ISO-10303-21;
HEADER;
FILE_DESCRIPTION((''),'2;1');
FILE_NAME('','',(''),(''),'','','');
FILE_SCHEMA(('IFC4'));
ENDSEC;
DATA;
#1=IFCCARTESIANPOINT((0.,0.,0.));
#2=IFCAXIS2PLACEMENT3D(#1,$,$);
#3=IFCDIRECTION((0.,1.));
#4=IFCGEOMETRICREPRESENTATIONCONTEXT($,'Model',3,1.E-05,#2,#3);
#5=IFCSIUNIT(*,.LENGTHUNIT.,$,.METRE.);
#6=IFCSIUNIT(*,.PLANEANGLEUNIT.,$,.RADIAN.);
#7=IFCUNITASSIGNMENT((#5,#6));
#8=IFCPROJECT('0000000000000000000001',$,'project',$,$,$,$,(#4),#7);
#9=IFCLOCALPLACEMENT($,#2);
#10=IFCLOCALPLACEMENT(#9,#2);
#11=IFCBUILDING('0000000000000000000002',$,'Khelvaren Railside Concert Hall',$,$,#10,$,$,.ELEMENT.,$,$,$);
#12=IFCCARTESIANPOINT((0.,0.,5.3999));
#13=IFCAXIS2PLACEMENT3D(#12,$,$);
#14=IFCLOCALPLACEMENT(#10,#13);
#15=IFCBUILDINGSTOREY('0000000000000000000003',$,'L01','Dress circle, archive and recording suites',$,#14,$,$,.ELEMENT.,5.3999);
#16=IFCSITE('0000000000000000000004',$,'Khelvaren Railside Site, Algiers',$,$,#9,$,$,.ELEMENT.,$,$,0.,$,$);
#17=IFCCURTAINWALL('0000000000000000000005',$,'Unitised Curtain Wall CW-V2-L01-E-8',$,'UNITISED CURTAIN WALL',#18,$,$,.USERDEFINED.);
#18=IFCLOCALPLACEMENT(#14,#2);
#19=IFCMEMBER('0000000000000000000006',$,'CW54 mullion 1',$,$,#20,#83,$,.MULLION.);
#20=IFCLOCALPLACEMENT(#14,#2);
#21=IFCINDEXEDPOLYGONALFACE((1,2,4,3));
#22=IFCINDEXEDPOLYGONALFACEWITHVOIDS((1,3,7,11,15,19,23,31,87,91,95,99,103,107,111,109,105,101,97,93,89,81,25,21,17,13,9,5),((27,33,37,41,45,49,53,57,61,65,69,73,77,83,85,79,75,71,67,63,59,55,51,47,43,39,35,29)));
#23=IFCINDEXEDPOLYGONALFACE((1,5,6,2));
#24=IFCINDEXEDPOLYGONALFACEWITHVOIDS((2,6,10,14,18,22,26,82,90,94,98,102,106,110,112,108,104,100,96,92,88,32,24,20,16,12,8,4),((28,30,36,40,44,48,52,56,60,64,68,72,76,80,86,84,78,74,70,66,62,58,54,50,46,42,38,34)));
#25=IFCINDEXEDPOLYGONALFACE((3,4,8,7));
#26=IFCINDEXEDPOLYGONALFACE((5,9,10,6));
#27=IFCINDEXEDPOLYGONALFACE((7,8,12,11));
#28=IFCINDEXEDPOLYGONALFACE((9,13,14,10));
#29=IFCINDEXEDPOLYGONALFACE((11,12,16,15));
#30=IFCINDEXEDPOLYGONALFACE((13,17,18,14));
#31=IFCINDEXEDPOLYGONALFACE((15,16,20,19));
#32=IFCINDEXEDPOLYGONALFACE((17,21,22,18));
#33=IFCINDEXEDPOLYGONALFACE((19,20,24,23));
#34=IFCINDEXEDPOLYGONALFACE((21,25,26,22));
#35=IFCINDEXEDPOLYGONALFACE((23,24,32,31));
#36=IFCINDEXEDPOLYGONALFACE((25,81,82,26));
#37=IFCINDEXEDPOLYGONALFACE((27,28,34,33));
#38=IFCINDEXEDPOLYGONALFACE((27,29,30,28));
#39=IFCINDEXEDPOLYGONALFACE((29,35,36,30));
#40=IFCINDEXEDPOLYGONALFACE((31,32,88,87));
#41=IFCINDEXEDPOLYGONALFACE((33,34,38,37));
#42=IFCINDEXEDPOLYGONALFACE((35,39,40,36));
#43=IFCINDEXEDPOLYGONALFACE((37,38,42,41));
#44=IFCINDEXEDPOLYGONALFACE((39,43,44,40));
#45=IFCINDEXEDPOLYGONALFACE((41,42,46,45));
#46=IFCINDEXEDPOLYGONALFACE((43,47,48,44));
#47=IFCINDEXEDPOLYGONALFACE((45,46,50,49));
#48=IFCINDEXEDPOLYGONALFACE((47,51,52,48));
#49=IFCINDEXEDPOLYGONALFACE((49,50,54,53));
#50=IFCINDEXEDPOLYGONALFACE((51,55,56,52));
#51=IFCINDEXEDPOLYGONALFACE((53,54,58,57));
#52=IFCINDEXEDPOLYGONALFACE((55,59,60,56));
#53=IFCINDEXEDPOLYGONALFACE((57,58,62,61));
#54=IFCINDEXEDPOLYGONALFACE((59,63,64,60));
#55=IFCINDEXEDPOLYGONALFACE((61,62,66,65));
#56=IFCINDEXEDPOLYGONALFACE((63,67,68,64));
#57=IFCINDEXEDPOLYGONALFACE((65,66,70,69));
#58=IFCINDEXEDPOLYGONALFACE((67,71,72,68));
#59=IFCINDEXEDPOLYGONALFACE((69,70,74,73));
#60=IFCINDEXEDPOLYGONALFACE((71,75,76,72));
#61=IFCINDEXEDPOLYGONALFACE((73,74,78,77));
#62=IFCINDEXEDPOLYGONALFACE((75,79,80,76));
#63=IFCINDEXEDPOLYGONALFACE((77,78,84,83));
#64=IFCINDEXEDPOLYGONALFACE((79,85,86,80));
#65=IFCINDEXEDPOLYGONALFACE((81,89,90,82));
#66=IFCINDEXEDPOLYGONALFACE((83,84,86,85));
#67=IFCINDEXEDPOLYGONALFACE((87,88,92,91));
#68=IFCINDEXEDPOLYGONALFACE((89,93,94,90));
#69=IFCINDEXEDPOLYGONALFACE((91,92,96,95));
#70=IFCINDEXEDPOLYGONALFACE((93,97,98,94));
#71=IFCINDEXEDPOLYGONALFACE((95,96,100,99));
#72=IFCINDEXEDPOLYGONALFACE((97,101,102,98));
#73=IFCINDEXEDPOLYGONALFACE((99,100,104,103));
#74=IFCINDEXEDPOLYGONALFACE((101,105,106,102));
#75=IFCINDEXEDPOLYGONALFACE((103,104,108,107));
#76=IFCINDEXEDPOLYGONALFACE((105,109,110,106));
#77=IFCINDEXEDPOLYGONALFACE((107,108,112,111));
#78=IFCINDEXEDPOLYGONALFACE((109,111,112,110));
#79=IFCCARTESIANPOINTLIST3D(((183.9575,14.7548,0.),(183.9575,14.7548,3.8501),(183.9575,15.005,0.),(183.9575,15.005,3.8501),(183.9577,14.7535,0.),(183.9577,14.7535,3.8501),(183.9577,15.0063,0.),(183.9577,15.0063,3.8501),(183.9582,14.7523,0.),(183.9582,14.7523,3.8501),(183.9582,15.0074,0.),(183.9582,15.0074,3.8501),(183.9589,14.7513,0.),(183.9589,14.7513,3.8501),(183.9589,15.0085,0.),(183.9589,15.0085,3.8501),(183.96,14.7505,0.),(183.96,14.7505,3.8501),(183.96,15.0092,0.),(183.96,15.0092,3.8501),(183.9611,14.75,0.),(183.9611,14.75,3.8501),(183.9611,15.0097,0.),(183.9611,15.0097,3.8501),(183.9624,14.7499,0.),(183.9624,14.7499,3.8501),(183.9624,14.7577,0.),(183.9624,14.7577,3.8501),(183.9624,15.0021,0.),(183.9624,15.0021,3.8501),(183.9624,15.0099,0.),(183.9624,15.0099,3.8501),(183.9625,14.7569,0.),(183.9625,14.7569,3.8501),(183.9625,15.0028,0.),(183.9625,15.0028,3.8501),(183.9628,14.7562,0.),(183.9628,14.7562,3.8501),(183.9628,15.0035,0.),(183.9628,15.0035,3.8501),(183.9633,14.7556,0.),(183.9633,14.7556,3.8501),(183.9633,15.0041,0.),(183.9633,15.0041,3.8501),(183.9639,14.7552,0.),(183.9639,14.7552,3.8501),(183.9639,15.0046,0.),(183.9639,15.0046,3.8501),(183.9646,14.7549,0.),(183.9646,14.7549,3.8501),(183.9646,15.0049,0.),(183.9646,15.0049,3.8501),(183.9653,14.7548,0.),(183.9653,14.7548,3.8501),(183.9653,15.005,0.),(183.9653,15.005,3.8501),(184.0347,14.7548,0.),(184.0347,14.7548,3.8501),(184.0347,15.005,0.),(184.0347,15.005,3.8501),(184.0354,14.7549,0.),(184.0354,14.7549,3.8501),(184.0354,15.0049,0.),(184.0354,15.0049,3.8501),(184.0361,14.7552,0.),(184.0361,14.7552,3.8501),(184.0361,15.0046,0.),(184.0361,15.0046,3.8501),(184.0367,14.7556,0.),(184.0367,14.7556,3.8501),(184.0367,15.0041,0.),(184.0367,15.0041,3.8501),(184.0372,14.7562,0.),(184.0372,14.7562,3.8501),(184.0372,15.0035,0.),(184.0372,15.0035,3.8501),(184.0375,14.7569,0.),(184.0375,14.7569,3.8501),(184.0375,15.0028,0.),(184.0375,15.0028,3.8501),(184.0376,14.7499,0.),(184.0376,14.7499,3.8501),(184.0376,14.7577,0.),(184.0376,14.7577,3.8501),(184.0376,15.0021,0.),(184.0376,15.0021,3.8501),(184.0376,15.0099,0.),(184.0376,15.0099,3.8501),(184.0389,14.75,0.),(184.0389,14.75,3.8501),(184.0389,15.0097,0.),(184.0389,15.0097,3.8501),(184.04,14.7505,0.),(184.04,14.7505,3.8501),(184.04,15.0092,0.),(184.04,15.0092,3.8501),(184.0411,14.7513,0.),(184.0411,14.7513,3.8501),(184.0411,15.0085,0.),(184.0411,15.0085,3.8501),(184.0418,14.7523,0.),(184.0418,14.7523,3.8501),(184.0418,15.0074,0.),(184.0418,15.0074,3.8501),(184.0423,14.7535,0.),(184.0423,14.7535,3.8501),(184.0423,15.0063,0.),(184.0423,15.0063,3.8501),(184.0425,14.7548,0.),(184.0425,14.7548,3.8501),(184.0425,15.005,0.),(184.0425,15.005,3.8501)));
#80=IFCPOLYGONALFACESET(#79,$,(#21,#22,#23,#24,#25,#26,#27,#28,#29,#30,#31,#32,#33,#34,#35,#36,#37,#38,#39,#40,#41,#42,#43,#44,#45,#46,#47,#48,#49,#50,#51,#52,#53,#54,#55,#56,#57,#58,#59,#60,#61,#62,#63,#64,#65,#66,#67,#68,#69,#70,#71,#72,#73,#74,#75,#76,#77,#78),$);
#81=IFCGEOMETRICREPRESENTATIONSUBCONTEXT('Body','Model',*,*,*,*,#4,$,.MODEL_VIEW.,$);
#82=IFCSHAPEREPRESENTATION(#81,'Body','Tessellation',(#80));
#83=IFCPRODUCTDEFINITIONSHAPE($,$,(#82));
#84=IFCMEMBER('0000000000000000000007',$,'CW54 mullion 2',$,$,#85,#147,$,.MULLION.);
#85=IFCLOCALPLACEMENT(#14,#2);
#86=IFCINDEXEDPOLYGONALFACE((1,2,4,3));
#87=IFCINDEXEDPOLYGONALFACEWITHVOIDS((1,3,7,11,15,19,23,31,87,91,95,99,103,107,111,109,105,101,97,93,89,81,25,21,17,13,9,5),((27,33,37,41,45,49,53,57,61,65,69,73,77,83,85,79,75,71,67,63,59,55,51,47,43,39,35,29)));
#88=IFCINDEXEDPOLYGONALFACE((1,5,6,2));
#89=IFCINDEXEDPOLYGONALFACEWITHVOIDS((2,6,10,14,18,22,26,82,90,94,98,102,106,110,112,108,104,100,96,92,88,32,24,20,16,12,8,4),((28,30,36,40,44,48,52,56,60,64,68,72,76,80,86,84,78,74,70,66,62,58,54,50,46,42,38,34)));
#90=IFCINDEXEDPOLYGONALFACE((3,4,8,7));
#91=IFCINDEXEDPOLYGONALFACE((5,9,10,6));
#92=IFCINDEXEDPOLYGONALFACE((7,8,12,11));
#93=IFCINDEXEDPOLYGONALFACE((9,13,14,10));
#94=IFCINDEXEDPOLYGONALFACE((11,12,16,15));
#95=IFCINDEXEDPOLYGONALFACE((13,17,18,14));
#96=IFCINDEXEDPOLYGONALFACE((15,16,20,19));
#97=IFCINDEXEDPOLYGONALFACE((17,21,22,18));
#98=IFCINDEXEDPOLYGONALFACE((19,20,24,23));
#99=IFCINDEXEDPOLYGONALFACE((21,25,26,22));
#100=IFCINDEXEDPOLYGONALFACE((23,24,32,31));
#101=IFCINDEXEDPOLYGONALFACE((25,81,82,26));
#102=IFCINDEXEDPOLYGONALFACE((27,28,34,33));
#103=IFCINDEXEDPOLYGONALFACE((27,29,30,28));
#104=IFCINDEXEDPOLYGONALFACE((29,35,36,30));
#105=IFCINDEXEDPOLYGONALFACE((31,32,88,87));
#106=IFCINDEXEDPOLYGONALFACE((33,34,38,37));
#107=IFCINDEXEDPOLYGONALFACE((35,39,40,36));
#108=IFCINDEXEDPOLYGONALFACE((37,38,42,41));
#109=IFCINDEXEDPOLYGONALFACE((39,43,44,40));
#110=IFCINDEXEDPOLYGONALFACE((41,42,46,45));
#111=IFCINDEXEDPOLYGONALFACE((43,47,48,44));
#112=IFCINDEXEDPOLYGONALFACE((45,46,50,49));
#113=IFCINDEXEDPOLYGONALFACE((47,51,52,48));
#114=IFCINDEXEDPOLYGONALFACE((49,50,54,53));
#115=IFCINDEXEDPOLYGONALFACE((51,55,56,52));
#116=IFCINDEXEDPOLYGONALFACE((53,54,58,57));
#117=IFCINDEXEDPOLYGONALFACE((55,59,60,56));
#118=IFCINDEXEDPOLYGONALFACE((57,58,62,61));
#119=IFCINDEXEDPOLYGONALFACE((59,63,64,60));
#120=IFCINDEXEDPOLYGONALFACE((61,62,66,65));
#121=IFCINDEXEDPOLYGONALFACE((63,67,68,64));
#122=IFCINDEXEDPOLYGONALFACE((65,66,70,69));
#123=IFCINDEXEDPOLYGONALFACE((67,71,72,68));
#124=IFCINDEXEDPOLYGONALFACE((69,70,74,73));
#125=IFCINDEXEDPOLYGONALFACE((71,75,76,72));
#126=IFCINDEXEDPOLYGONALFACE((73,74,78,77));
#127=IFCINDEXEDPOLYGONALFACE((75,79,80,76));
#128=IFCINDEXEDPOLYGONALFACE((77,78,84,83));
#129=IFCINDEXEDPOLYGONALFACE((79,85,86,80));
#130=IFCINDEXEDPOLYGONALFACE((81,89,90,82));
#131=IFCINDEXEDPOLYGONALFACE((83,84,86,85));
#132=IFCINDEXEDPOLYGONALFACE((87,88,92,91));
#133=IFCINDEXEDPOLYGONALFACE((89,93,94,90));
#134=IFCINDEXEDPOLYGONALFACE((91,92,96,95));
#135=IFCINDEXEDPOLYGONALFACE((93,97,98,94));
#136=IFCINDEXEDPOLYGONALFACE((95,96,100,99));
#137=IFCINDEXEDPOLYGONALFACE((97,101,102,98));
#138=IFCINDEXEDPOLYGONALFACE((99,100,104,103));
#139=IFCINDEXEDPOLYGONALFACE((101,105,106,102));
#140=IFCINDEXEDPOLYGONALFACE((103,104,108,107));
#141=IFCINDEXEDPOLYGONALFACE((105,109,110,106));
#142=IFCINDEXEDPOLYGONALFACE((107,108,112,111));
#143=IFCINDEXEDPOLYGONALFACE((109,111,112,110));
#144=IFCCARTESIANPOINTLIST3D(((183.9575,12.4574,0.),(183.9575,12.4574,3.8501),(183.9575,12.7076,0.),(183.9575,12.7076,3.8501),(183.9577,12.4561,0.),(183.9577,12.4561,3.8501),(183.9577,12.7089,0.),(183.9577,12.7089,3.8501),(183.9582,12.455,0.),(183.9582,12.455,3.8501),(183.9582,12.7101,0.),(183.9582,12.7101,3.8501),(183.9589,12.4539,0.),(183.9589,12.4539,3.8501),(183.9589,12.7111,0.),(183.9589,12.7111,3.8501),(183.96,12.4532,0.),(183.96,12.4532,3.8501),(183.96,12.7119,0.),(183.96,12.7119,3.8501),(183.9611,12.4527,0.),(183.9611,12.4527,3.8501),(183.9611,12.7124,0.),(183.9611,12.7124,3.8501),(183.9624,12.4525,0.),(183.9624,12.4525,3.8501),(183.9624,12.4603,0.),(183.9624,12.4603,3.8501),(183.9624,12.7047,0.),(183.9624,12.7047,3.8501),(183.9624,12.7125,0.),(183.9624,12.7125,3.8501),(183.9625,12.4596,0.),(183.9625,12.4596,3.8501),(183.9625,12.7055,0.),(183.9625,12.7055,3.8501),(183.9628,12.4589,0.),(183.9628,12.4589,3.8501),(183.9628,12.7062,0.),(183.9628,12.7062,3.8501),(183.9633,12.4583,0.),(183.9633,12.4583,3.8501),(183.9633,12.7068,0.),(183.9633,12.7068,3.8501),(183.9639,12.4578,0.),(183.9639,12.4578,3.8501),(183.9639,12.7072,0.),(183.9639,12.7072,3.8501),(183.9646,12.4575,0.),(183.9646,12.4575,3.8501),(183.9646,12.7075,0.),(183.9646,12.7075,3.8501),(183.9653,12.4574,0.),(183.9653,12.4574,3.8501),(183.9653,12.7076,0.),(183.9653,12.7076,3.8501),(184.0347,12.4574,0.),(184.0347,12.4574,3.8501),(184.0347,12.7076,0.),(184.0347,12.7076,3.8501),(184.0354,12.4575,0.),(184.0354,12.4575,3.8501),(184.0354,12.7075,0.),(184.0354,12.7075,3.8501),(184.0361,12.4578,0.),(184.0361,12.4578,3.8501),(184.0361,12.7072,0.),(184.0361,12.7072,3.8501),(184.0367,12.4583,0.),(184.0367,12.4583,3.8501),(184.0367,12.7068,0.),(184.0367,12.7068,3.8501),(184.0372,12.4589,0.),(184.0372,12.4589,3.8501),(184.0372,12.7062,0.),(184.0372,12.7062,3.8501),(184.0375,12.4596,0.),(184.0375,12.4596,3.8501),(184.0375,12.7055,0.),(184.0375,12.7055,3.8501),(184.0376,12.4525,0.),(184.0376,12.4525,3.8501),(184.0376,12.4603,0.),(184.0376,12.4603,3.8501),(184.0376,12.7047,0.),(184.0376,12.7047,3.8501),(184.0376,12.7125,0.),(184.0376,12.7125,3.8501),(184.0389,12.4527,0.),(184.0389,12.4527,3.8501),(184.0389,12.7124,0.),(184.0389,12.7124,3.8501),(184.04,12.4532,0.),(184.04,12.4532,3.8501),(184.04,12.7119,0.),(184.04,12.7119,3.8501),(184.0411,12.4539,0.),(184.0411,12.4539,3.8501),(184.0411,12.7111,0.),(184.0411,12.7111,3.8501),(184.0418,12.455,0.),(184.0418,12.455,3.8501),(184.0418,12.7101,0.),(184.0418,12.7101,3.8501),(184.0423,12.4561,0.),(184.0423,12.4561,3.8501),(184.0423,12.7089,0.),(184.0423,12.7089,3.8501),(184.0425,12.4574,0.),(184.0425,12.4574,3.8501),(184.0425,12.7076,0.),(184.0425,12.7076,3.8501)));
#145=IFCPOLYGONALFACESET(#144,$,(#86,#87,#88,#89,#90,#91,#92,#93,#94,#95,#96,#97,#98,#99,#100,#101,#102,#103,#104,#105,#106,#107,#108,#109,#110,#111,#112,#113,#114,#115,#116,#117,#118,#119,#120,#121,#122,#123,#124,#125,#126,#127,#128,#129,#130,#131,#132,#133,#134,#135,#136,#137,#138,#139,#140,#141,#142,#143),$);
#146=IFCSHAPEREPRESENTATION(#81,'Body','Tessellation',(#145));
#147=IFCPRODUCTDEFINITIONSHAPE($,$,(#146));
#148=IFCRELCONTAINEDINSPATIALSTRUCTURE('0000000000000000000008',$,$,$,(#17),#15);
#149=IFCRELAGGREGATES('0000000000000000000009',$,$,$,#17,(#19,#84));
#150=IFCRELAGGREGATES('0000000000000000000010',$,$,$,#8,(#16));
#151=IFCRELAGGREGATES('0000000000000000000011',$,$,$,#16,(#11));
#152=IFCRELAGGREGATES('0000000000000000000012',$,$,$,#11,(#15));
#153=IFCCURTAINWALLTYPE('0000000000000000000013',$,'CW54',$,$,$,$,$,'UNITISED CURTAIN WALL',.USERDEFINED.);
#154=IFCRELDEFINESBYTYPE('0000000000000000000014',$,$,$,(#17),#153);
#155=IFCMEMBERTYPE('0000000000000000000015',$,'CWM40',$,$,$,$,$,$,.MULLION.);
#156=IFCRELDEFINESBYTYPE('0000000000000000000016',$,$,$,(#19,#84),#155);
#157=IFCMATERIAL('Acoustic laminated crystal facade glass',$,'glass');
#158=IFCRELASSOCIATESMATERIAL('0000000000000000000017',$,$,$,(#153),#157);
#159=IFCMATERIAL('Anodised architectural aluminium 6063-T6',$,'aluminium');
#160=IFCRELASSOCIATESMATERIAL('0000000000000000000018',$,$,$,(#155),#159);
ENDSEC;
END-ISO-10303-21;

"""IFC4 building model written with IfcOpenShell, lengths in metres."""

from ifc_helpers import new_model, si_unit, direction, frame, origin, origin_2d, place, context, subcontext, project, spatial, hollow_rectangle, extrude, material, material_profile, profile_set, type_object, element, aggregate, save


model = new_model("IFC4")

# Units and contexts
model_context = context("Model", 3, precision=1e-05, world=origin(), true_north=direction((0.0, 1.0)))
body_context = subcontext(model_context, "Body", "Model", "MODEL_VIEW")
ifc_project = project(units=[si_unit("LENGTHUNIT", "METRE"), si_unit("PLANEANGLEUNIT", "RADIAN")], contexts=[model_context])

# Site, building, storey
site_placement = place(None, origin())
site = spatial("IfcSite", under=ifc_project, at=site_placement, Name="Khelvaren Railside Site, Algiers", CompositionType="ELEMENT", RefElevation=0.0)
building_placement = place(site_placement, origin())
building = spatial("IfcBuilding", under=site, at=building_placement, Name="Khelvaren Railside Concert Hall", CompositionType="ELEMENT")
storey_placement = place(building_placement, frame((0.0, 0.0, 5.3999)))
storey = spatial("IfcBuildingStorey", under=building, at=storey_placement, Name="L01", Description="Dress circle, archive and recording suites", CompositionType="ELEMENT", Elevation=5.3999)

# Curtain wall, members
ifc_material_1 = material(Name="Anodised architectural aluminium 6063-T6", Category="aluminium")
ifc_material_2 = material(Name="Acoustic laminated crystal facade glass", Category="glass")
curtain_wall_type_1 = type_object("IfcCurtainWallType", Name="CW54", ElementType="UNITISED CURTAIN WALL", PredefinedType="USERDEFINED", material=ifc_material_2)
curtain_wall_1_placement = place(storey_placement, origin())
curtain_wall_1 = element("IfcCurtainWall", 1, at=curtain_wall_1_placement, inside=storey, type_object=curtain_wall_type_1, Name="Unitised Curtain Wall CW-V2-L01-E-8", ObjectType="UNITISED CURTAIN WALL", PredefinedType="USERDEFINED")
ifc_material_profile_1 = material_profile(ifc_material_1, hollow_rectangle(XDim=0.085, YDim=0.26, WallThickness=0.0049, InnerFilletRadius=0.0029, OuterFilletRadius=0.0049, at=origin_2d()), Name="CWM 85x260x5")
ifc_profile_set_1 = profile_set([ifc_material_profile_1], Name="Anodised architectural aluminium 6063-T6")
member_type_1 = type_object("IfcMemberType", Name="CWM40", PredefinedType="MULLION", material=ifc_profile_set_1)
member_1_placement = place(storey_placement, frame((184.0, 14.8799, 0.0), z_axis=(0.0, 0.0, 1.0), x_axis=(1.0, 0.0, 0.0)))
member_1 = element("IfcMember", 2, at=member_1_placement, type_object=member_type_1, Name="CW54 mullion 1", PredefinedType="MULLION", context=body_context, shape_type="SweptSolid", body=[
    extrude(hollow_rectangle(XDim=0.085, YDim=0.26, WallThickness=0.0049, InnerFilletRadius=0.0029, OuterFilletRadius=0.0049, at=origin_2d()), origin(), (0.0, 0.0, 1.0), 3.8501),
])
member_2_placement = place(storey_placement, frame((184.0, 12.5825, 0.0), z_axis=(0.0, 0.0, 1.0), x_axis=(1.0, 0.0, 0.0)))
member_2 = element("IfcMember", 3, at=member_2_placement, type_object=member_type_1, Name="CW54 mullion 2", PredefinedType="MULLION", context=body_context, shape_type="SweptSolid", body=[
    extrude(hollow_rectangle(XDim=0.085, YDim=0.26, WallThickness=0.0049, InnerFilletRadius=0.0029, OuterFilletRadius=0.0049, at=origin_2d()), origin(), (0.0, 0.0, 1.0), 3.8501),
])

aggregate(curtain_wall_1, [member_1, member_2])

save(model, "model.ifc")
